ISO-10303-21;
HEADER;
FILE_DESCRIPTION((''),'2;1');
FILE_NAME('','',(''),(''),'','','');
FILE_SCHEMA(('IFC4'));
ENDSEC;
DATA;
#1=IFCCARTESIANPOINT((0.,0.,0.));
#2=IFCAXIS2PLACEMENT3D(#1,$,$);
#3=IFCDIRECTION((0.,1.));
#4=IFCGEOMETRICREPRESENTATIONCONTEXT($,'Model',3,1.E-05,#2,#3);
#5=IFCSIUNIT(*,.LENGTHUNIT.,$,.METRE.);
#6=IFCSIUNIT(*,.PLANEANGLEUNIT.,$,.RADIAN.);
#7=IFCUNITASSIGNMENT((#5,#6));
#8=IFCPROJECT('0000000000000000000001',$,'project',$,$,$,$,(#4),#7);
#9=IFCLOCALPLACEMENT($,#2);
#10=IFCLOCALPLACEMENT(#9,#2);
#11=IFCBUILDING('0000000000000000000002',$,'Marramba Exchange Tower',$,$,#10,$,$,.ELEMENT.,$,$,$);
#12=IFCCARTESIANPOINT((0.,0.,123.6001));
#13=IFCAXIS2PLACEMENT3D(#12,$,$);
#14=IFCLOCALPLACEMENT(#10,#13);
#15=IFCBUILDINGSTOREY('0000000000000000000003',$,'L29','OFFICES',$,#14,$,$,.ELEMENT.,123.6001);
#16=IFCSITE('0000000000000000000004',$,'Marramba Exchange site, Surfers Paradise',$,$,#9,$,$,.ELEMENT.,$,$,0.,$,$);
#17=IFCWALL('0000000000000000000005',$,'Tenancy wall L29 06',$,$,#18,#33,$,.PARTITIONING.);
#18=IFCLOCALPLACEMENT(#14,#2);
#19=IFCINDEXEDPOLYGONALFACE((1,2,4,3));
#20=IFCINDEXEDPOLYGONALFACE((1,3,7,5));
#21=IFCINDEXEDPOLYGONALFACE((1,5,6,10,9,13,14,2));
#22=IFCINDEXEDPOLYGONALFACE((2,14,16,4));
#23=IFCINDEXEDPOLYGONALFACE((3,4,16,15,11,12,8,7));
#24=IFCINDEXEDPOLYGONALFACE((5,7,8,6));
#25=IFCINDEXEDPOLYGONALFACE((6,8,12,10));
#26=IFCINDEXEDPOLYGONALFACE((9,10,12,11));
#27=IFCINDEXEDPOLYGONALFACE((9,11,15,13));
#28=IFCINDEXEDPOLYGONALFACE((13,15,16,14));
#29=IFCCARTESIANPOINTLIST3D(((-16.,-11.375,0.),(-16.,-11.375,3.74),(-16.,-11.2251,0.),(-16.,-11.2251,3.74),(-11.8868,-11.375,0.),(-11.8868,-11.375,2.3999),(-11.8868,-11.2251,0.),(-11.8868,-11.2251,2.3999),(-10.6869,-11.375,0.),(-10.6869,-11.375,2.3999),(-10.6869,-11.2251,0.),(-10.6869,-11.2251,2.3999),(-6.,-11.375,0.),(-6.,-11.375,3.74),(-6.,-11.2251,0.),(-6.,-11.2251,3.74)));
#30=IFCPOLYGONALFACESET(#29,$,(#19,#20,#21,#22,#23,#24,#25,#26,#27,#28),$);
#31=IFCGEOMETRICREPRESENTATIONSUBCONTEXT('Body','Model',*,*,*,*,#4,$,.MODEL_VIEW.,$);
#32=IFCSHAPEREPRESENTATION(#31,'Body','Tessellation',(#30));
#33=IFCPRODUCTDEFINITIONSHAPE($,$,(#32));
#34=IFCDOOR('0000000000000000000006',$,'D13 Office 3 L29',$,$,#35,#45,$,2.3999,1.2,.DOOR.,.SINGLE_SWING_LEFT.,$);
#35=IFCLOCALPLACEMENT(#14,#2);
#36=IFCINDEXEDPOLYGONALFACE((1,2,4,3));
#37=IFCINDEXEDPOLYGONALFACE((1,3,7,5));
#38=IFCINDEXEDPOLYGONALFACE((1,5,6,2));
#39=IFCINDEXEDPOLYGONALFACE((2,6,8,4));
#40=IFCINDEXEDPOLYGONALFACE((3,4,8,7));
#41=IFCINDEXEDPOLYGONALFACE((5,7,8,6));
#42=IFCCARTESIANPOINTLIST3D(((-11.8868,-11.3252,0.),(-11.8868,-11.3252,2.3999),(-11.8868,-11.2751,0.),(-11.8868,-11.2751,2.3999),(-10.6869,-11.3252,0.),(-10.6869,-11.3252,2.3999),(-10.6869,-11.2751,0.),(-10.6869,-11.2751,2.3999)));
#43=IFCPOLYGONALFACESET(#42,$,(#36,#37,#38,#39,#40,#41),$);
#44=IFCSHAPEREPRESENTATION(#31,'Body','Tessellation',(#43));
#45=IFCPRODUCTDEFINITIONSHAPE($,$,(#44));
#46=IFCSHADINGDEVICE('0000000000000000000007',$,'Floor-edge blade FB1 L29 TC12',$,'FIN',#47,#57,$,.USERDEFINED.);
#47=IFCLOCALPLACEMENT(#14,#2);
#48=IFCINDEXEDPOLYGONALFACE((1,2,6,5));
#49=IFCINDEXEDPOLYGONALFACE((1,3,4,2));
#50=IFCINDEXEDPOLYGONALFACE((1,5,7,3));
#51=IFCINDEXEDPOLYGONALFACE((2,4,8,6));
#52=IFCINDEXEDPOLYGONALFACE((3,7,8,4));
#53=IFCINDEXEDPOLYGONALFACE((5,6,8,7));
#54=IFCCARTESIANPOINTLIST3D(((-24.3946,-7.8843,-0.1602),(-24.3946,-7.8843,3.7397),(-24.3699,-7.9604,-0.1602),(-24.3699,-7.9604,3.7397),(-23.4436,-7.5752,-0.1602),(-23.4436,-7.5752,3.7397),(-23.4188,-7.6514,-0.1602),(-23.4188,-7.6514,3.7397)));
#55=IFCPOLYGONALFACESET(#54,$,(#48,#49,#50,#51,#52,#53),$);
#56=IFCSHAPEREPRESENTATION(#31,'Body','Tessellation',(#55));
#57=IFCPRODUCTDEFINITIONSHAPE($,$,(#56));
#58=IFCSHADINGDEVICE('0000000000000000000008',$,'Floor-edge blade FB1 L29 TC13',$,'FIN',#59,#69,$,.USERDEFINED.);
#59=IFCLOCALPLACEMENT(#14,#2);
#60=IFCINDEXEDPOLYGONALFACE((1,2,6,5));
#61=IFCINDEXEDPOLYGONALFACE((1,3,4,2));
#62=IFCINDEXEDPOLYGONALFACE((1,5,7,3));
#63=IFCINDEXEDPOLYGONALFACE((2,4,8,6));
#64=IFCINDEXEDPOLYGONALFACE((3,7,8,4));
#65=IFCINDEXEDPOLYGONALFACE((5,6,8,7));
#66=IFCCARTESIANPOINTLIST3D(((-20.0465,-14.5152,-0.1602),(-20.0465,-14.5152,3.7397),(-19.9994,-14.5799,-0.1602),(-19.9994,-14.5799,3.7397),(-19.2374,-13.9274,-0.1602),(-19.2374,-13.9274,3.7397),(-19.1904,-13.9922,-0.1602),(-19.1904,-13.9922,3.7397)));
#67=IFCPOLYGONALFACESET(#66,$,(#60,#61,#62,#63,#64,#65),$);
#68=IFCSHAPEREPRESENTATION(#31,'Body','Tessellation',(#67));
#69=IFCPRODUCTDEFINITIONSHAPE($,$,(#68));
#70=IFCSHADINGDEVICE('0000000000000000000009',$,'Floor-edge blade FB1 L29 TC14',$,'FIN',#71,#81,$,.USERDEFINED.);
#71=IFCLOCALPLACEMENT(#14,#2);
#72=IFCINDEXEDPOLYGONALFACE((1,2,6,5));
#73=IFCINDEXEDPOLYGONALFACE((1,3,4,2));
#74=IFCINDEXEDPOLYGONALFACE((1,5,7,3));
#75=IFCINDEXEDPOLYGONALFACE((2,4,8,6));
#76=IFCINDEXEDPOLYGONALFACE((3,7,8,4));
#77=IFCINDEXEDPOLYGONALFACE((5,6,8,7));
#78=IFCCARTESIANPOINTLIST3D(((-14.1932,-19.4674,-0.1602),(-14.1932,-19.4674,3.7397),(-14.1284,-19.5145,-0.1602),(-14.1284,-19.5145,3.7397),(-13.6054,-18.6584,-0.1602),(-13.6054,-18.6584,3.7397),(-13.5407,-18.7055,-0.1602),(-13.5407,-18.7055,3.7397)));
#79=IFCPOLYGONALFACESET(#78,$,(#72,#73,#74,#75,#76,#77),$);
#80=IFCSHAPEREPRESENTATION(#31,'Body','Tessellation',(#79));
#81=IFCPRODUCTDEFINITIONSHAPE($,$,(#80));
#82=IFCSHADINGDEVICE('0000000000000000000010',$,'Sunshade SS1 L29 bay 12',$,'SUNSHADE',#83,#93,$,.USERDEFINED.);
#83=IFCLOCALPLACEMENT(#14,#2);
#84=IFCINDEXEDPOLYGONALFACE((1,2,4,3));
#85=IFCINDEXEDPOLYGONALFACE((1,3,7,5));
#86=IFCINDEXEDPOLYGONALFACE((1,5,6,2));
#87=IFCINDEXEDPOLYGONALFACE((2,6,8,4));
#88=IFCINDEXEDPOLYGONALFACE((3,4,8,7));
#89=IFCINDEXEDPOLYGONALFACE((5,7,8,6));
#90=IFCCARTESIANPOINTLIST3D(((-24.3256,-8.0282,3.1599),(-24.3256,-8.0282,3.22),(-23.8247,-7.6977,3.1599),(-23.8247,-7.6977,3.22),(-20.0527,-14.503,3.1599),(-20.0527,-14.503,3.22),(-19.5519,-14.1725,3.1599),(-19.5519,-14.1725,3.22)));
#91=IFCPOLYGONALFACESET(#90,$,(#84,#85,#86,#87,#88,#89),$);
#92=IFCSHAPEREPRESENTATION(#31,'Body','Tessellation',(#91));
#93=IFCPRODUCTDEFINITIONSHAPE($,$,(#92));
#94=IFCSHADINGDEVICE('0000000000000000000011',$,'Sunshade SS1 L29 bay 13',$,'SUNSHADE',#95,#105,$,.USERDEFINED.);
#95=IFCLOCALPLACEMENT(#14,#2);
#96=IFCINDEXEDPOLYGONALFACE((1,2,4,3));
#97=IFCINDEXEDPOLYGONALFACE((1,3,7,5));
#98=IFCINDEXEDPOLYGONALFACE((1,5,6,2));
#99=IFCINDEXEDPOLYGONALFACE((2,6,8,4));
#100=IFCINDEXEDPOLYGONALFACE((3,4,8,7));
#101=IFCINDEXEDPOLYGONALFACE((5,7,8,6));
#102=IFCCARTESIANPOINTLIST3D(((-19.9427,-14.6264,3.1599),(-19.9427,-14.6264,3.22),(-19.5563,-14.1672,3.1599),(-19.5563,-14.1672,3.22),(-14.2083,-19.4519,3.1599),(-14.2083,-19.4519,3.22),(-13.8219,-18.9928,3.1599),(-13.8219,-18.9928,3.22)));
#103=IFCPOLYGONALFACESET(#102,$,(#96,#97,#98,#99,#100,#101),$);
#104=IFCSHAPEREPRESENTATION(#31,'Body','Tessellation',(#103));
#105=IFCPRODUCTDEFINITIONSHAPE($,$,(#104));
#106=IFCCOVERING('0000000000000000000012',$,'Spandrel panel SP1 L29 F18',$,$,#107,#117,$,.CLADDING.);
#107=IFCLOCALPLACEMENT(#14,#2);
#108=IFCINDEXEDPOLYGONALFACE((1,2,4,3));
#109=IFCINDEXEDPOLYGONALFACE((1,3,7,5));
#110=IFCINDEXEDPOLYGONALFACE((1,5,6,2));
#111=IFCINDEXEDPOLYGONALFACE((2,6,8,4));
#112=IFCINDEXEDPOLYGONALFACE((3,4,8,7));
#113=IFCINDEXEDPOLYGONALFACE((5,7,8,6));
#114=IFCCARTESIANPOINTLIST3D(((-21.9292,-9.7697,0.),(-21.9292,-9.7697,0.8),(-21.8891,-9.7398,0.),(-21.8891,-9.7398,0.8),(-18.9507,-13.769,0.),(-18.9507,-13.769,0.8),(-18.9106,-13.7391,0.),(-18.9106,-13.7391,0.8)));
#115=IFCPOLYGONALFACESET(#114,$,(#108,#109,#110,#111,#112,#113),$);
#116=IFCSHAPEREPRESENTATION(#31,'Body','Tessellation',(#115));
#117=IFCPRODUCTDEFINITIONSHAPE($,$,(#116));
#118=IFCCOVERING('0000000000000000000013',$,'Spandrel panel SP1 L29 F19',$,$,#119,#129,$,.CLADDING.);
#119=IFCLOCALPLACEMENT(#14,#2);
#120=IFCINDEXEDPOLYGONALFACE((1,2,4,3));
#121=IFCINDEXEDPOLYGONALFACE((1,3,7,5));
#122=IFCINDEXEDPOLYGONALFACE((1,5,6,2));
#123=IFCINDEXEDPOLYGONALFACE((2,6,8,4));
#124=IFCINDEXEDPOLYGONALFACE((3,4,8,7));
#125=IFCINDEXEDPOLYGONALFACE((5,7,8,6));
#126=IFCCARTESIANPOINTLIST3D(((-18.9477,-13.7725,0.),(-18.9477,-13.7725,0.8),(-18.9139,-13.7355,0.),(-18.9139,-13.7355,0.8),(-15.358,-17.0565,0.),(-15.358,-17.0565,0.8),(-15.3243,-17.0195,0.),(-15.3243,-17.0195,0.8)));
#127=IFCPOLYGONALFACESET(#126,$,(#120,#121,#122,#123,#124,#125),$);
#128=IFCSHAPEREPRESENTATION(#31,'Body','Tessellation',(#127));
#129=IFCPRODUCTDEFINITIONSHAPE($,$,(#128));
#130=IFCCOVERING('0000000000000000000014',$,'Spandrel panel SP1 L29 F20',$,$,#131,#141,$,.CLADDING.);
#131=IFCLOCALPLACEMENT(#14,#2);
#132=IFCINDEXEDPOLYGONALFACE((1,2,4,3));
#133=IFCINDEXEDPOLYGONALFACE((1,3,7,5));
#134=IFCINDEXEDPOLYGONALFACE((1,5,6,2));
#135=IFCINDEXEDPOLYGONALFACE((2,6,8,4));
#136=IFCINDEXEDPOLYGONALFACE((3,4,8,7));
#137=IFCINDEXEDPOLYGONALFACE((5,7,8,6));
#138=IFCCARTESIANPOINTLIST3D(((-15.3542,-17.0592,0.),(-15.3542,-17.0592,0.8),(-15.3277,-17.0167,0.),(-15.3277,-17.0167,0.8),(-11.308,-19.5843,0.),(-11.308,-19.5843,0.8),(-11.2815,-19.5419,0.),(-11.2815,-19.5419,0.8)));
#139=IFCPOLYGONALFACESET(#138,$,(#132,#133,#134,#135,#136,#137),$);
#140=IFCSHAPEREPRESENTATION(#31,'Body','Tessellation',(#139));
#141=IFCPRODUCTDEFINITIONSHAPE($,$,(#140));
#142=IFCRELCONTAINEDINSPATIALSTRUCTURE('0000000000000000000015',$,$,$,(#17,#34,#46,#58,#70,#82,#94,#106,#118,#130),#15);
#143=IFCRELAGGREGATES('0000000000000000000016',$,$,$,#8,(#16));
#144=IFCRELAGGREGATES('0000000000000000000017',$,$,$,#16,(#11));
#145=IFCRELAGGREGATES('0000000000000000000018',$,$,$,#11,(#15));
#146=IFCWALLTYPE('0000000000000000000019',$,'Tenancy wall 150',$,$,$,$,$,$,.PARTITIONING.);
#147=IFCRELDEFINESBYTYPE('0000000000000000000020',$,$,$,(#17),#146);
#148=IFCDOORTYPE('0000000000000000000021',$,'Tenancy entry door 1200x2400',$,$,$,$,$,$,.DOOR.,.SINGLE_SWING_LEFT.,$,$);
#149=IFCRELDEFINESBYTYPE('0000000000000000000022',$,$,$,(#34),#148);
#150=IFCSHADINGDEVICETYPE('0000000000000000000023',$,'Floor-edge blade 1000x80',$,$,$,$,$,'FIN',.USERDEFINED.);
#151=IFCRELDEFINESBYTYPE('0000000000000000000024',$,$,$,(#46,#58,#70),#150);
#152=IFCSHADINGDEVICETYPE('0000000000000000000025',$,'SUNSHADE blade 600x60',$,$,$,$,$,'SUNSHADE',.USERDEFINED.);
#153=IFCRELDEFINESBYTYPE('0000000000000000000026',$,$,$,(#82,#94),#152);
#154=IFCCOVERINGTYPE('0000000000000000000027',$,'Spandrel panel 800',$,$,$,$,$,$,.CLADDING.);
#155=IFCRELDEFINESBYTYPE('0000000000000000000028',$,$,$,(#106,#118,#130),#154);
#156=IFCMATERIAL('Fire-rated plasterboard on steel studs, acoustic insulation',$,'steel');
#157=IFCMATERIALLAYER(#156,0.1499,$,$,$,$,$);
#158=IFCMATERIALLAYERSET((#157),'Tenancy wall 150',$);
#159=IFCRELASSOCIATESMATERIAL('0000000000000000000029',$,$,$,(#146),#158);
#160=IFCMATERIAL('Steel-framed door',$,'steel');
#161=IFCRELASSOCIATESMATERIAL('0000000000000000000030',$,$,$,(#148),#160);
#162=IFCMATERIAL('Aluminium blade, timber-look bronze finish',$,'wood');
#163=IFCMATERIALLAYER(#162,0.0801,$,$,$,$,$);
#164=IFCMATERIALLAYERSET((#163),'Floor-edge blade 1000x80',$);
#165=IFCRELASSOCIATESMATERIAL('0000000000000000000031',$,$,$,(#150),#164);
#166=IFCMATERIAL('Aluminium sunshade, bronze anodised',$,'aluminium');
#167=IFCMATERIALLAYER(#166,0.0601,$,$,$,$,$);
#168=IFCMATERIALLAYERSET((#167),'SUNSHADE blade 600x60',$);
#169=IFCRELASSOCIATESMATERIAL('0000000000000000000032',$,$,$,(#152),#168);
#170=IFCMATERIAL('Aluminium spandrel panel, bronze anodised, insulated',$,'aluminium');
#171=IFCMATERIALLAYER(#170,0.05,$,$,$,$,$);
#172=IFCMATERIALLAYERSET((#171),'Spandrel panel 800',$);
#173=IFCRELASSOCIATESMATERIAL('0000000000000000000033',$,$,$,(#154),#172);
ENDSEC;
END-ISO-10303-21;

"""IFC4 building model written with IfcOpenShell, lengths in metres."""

from ifc_helpers import new_model, si_unit, direction, frame, frame_2d, origin, origin_2d, place, context, subcontext, project, spatial, rectangle, extrude, material, layer, layer_set, type_object, element, fill, save


model = new_model("IFC4")

# Units and contexts
model_context = context("Model", 3, precision=1e-05, world=origin(), true_north=direction((0.0, 1.0)))
body_context = subcontext(model_context, "Body", "Model", "MODEL_VIEW")
ifc_project = project(units=[si_unit("LENGTHUNIT", "METRE"), si_unit("PLANEANGLEUNIT", "RADIAN")], contexts=[model_context])

# Site, building, storey
site_placement = place(None, origin())
site = spatial("IfcSite", under=ifc_project, at=site_placement, Name="Marramba Exchange site, Surfers Paradise", CompositionType="ELEMENT", RefElevation=0.0)
building_placement = place(site_placement, origin())
building = spatial("IfcBuilding", under=site, at=building_placement, Name="Marramba Exchange Tower", CompositionType="ELEMENT")
storey_placement = place(building_placement, frame((0.0, 0.0, 123.6001)))
storey = spatial("IfcBuildingStorey", under=building, at=storey_placement, Name="L29", Description="OFFICES", CompositionType="ELEMENT", Elevation=123.6001)

# Wall, opening, door
ifc_material_1 = material(Name="Fire-rated plasterboard on steel studs, acoustic insulation", Category="steel")
ifc_layer_1 = layer(ifc_material_1, 0.1499)
ifc_layer_set_1 = layer_set([ifc_layer_1], Name="Tenancy wall 150")
wall_type_1 = type_object("IfcWallType", Name="Tenancy wall 150", PredefinedType="PARTITIONING", material=ifc_layer_set_1)
wall_1_placement = place(storey_placement, frame((-16.0, -11.3, 0.0), z_axis=(0.0, 0.0, 1.0), x_axis=(1.0, 0.0, 0.0)))
wall_1 = element("IfcWall", 1, at=wall_1_placement, inside=storey, type_object=wall_type_1, Name="Tenancy wall L29 06", PredefinedType="PARTITIONING", context=body_context, shape_type="SweptSolid", body=[
    extrude(rectangle(XDim=10.0, YDim=0.1499, at=frame_2d((5.0, 0.0))), origin(), (0.0, 0.0, 1.0), 3.74),
])
opening_1_placement = place(wall_1_placement, frame((4.113, 0.0, 0.0)))
opening_1 = element("IfcOpeningElement", 2, at=opening_1_placement, cuts=wall_1, PredefinedType="OPENING", context=body_context, shape_type="SweptSolid", body=[
    extrude(rectangle(XDim=1.2, YDim=2.3999, at=frame_2d((0.6001, 1.2))), frame((0.0, 0.085, 0.0), z_axis=(0.0, -1.0, 0.0), x_axis=(1.0, 0.0, 0.0)), (0.0, 0.0, 1.0), 0.1699),
])
ifc_material_2 = material(Name="Steel-framed door", Category="steel")
door_type_1 = type_object("IfcDoorType", Name="Tenancy entry door 1200x2400", OperationType="SINGLE_SWING_LEFT", PredefinedType="DOOR", material=ifc_material_2)
door_1_placement = place(opening_1_placement, origin())
door_1 = element("IfcDoor", 3, at=door_1_placement, inside=storey, type_object=door_type_1, Name="D13 Office 3 L29", OperationType="SINGLE_SWING_LEFT", OverallHeight=2.3999, OverallWidth=1.2, PredefinedType="DOOR", context=body_context, shape_type="SweptSolid", body=[
    extrude(rectangle(XDim=1.2, YDim=2.3999, at=frame_2d((0.6001, 1.2))), frame((0.0, 0.0249, 0.0), z_axis=(0.0, -1.0, 0.0), x_axis=(1.0, 0.0, 0.0)), (0.0, 0.0, 1.0), 0.05),
])
fill(opening_1, door_1)

# Shading devices
ifc_material_3 = material(Name="Aluminium blade, timber-look bronze finish", Category="wood")
ifc_layer_2 = layer(ifc_material_3, 0.0801)
ifc_layer_set_2 = layer_set([ifc_layer_2], Name="Floor-edge blade 1000x80")
shading_device_type_1 = type_object("IfcShadingDeviceType", Name="Floor-edge blade 1000x80", ElementType="FIN", PredefinedType="USERDEFINED", material=ifc_layer_set_2)
for number, where, z_axis, x_axis, name in (
    (4, (-23.9067, -7.7678, -0.1602), (0.0, 0.0, 1.0), (-0.951057, -0.309017, 0.0), "Floor-edge blade FB1 L29 TC12"),
    (5, (-19.6184, -14.2537, -0.1602), (0.0, 0.0, 1.0), (-0.809017, -0.587785, 0.0), "Floor-edge blade FB1 L29 TC13"),
    (6, (-13.8669, -19.0864, -0.1602), (0.0, 0.0, 1.0), (-0.587785, -0.809017, 0.0), "Floor-edge blade FB1 L29 TC14"),
):
    element("IfcShadingDevice", number, at=place(storey_placement, frame(where, z_axis=z_axis, x_axis=x_axis)), inside=storey, type_object=shading_device_type_1, Name=name, ObjectType="FIN", PredefinedType="USERDEFINED", context=body_context, shape_type="SweptSolid", body=[
        extrude(rectangle(XDim=1.0, YDim=0.0801, at=origin_2d()), origin(), (0.0, 0.0, 1.0), 3.8999),
    ])
ifc_material_4 = material(Name="Aluminium sunshade, bronze anodised", Category="aluminium")
ifc_layer_3 = layer(ifc_material_4, 0.0601)
ifc_layer_set_3 = layer_set([ifc_layer_3], Name="SUNSHADE blade 600x60")
shading_device_type_2 = type_object("IfcShadingDeviceType", Name="SUNSHADE blade 600x60", ElementType="SUNSHADE", PredefinedType="USERDEFINED", material=ifc_layer_set_3)
shading_device_1_placement = place(storey_placement, frame((-21.9387, -11.1003, 3.1599), z_axis=(0.0, 0.0, 1.0), x_axis=(0.550792, -0.834642, 0.0)))
element("IfcShadingDevice", 7, at=shading_device_1_placement, inside=storey, type_object=shading_device_type_2, Name="Sunshade SS1 L29 bay 12", ObjectType="SUNSHADE", PredefinedType="USERDEFINED", context=body_context, shape_type="SweptSolid", body=[
    extrude(rectangle(XDim=7.7576, YDim=0.6001, at=origin_2d()), origin(), (0.0, 0.0, 1.0), 0.0601),
])
shading_device_2_placement = place(storey_placement, frame((-16.8823, -16.8096, 3.1599), z_axis=(0.0, 0.0, 1.0), x_axis=(0.765139, -0.643866, 0.0)))
element("IfcShadingDevice", 8, at=shading_device_2_placement, inside=storey, type_object=shading_device_type_2, Name="Sunshade SS1 L29 bay 13", ObjectType="SUNSHADE", PredefinedType="USERDEFINED", context=body_context, shape_type="SweptSolid", body=[
    extrude(rectangle(XDim=7.4946, YDim=0.6001, at=origin_2d()), origin(), (0.0, 0.0, 1.0), 0.0601),
])

# Coverings
ifc_material_5 = material(Name="Aluminium spandrel panel, bronze anodised, insulated", Category="aluminium")
ifc_layer_4 = layer(ifc_material_5, 0.05)
ifc_layer_set_4 = layer_set([ifc_layer_4], Name="Spandrel panel 800")
covering_type = type_object("IfcCoveringType", Name="Spandrel panel 800", PredefinedType="CLADDING", material=ifc_layer_set_4)
covering_1_placement = place(storey_placement, frame((-20.4199, -11.7544, 0.0), z_axis=(0.0, 0.0, 1.0), x_axis=(0.597305, -0.802014, 0.0)))
element("IfcCovering", 9, at=covering_1_placement, inside=storey, type_object=covering_type, Name="Spandrel panel SP1 L29 F18", PredefinedType="CLADDING", context=body_context, shape_type="SweptSolid", body=[
    extrude(rectangle(XDim=4.9866, YDim=0.05, at=origin_2d()), origin(), (0.0, 0.0, 1.0), 0.8),
])
covering_2_placement = place(storey_placement, frame((-17.136, -15.396, 0.0), z_axis=(0.0, 0.0, 1.0), x_axis=(0.737822, -0.674995, 0.0)))
element("IfcCovering", 10, at=covering_2_placement, inside=storey, type_object=covering_type, Name="Spandrel panel SP1 L29 F19", PredefinedType="CLADDING", context=body_context, shape_type="SweptSolid", body=[
    extrude(rectangle(XDim=4.8652, YDim=0.05, at=origin_2d()), origin(), (0.0, 0.0, 1.0), 0.8),
])
covering_3_placement = place(storey_placement, frame((-13.3179, -18.3005, 0.0), z_axis=(0.0, 0.0, 1.0), x_axis=(0.848355, -0.529428, 0.0)))
element("IfcCovering", 11, at=covering_3_placement, inside=storey, type_object=covering_type, Name="Spandrel panel SP1 L29 F20", PredefinedType="CLADDING", context=body_context, shape_type="SweptSolid", body=[
    extrude(rectangle(XDim=4.7695, YDim=0.05, at=origin_2d()), origin(), (0.0, 0.0, 1.0), 0.8),
])

save(model, "model.ifc")
